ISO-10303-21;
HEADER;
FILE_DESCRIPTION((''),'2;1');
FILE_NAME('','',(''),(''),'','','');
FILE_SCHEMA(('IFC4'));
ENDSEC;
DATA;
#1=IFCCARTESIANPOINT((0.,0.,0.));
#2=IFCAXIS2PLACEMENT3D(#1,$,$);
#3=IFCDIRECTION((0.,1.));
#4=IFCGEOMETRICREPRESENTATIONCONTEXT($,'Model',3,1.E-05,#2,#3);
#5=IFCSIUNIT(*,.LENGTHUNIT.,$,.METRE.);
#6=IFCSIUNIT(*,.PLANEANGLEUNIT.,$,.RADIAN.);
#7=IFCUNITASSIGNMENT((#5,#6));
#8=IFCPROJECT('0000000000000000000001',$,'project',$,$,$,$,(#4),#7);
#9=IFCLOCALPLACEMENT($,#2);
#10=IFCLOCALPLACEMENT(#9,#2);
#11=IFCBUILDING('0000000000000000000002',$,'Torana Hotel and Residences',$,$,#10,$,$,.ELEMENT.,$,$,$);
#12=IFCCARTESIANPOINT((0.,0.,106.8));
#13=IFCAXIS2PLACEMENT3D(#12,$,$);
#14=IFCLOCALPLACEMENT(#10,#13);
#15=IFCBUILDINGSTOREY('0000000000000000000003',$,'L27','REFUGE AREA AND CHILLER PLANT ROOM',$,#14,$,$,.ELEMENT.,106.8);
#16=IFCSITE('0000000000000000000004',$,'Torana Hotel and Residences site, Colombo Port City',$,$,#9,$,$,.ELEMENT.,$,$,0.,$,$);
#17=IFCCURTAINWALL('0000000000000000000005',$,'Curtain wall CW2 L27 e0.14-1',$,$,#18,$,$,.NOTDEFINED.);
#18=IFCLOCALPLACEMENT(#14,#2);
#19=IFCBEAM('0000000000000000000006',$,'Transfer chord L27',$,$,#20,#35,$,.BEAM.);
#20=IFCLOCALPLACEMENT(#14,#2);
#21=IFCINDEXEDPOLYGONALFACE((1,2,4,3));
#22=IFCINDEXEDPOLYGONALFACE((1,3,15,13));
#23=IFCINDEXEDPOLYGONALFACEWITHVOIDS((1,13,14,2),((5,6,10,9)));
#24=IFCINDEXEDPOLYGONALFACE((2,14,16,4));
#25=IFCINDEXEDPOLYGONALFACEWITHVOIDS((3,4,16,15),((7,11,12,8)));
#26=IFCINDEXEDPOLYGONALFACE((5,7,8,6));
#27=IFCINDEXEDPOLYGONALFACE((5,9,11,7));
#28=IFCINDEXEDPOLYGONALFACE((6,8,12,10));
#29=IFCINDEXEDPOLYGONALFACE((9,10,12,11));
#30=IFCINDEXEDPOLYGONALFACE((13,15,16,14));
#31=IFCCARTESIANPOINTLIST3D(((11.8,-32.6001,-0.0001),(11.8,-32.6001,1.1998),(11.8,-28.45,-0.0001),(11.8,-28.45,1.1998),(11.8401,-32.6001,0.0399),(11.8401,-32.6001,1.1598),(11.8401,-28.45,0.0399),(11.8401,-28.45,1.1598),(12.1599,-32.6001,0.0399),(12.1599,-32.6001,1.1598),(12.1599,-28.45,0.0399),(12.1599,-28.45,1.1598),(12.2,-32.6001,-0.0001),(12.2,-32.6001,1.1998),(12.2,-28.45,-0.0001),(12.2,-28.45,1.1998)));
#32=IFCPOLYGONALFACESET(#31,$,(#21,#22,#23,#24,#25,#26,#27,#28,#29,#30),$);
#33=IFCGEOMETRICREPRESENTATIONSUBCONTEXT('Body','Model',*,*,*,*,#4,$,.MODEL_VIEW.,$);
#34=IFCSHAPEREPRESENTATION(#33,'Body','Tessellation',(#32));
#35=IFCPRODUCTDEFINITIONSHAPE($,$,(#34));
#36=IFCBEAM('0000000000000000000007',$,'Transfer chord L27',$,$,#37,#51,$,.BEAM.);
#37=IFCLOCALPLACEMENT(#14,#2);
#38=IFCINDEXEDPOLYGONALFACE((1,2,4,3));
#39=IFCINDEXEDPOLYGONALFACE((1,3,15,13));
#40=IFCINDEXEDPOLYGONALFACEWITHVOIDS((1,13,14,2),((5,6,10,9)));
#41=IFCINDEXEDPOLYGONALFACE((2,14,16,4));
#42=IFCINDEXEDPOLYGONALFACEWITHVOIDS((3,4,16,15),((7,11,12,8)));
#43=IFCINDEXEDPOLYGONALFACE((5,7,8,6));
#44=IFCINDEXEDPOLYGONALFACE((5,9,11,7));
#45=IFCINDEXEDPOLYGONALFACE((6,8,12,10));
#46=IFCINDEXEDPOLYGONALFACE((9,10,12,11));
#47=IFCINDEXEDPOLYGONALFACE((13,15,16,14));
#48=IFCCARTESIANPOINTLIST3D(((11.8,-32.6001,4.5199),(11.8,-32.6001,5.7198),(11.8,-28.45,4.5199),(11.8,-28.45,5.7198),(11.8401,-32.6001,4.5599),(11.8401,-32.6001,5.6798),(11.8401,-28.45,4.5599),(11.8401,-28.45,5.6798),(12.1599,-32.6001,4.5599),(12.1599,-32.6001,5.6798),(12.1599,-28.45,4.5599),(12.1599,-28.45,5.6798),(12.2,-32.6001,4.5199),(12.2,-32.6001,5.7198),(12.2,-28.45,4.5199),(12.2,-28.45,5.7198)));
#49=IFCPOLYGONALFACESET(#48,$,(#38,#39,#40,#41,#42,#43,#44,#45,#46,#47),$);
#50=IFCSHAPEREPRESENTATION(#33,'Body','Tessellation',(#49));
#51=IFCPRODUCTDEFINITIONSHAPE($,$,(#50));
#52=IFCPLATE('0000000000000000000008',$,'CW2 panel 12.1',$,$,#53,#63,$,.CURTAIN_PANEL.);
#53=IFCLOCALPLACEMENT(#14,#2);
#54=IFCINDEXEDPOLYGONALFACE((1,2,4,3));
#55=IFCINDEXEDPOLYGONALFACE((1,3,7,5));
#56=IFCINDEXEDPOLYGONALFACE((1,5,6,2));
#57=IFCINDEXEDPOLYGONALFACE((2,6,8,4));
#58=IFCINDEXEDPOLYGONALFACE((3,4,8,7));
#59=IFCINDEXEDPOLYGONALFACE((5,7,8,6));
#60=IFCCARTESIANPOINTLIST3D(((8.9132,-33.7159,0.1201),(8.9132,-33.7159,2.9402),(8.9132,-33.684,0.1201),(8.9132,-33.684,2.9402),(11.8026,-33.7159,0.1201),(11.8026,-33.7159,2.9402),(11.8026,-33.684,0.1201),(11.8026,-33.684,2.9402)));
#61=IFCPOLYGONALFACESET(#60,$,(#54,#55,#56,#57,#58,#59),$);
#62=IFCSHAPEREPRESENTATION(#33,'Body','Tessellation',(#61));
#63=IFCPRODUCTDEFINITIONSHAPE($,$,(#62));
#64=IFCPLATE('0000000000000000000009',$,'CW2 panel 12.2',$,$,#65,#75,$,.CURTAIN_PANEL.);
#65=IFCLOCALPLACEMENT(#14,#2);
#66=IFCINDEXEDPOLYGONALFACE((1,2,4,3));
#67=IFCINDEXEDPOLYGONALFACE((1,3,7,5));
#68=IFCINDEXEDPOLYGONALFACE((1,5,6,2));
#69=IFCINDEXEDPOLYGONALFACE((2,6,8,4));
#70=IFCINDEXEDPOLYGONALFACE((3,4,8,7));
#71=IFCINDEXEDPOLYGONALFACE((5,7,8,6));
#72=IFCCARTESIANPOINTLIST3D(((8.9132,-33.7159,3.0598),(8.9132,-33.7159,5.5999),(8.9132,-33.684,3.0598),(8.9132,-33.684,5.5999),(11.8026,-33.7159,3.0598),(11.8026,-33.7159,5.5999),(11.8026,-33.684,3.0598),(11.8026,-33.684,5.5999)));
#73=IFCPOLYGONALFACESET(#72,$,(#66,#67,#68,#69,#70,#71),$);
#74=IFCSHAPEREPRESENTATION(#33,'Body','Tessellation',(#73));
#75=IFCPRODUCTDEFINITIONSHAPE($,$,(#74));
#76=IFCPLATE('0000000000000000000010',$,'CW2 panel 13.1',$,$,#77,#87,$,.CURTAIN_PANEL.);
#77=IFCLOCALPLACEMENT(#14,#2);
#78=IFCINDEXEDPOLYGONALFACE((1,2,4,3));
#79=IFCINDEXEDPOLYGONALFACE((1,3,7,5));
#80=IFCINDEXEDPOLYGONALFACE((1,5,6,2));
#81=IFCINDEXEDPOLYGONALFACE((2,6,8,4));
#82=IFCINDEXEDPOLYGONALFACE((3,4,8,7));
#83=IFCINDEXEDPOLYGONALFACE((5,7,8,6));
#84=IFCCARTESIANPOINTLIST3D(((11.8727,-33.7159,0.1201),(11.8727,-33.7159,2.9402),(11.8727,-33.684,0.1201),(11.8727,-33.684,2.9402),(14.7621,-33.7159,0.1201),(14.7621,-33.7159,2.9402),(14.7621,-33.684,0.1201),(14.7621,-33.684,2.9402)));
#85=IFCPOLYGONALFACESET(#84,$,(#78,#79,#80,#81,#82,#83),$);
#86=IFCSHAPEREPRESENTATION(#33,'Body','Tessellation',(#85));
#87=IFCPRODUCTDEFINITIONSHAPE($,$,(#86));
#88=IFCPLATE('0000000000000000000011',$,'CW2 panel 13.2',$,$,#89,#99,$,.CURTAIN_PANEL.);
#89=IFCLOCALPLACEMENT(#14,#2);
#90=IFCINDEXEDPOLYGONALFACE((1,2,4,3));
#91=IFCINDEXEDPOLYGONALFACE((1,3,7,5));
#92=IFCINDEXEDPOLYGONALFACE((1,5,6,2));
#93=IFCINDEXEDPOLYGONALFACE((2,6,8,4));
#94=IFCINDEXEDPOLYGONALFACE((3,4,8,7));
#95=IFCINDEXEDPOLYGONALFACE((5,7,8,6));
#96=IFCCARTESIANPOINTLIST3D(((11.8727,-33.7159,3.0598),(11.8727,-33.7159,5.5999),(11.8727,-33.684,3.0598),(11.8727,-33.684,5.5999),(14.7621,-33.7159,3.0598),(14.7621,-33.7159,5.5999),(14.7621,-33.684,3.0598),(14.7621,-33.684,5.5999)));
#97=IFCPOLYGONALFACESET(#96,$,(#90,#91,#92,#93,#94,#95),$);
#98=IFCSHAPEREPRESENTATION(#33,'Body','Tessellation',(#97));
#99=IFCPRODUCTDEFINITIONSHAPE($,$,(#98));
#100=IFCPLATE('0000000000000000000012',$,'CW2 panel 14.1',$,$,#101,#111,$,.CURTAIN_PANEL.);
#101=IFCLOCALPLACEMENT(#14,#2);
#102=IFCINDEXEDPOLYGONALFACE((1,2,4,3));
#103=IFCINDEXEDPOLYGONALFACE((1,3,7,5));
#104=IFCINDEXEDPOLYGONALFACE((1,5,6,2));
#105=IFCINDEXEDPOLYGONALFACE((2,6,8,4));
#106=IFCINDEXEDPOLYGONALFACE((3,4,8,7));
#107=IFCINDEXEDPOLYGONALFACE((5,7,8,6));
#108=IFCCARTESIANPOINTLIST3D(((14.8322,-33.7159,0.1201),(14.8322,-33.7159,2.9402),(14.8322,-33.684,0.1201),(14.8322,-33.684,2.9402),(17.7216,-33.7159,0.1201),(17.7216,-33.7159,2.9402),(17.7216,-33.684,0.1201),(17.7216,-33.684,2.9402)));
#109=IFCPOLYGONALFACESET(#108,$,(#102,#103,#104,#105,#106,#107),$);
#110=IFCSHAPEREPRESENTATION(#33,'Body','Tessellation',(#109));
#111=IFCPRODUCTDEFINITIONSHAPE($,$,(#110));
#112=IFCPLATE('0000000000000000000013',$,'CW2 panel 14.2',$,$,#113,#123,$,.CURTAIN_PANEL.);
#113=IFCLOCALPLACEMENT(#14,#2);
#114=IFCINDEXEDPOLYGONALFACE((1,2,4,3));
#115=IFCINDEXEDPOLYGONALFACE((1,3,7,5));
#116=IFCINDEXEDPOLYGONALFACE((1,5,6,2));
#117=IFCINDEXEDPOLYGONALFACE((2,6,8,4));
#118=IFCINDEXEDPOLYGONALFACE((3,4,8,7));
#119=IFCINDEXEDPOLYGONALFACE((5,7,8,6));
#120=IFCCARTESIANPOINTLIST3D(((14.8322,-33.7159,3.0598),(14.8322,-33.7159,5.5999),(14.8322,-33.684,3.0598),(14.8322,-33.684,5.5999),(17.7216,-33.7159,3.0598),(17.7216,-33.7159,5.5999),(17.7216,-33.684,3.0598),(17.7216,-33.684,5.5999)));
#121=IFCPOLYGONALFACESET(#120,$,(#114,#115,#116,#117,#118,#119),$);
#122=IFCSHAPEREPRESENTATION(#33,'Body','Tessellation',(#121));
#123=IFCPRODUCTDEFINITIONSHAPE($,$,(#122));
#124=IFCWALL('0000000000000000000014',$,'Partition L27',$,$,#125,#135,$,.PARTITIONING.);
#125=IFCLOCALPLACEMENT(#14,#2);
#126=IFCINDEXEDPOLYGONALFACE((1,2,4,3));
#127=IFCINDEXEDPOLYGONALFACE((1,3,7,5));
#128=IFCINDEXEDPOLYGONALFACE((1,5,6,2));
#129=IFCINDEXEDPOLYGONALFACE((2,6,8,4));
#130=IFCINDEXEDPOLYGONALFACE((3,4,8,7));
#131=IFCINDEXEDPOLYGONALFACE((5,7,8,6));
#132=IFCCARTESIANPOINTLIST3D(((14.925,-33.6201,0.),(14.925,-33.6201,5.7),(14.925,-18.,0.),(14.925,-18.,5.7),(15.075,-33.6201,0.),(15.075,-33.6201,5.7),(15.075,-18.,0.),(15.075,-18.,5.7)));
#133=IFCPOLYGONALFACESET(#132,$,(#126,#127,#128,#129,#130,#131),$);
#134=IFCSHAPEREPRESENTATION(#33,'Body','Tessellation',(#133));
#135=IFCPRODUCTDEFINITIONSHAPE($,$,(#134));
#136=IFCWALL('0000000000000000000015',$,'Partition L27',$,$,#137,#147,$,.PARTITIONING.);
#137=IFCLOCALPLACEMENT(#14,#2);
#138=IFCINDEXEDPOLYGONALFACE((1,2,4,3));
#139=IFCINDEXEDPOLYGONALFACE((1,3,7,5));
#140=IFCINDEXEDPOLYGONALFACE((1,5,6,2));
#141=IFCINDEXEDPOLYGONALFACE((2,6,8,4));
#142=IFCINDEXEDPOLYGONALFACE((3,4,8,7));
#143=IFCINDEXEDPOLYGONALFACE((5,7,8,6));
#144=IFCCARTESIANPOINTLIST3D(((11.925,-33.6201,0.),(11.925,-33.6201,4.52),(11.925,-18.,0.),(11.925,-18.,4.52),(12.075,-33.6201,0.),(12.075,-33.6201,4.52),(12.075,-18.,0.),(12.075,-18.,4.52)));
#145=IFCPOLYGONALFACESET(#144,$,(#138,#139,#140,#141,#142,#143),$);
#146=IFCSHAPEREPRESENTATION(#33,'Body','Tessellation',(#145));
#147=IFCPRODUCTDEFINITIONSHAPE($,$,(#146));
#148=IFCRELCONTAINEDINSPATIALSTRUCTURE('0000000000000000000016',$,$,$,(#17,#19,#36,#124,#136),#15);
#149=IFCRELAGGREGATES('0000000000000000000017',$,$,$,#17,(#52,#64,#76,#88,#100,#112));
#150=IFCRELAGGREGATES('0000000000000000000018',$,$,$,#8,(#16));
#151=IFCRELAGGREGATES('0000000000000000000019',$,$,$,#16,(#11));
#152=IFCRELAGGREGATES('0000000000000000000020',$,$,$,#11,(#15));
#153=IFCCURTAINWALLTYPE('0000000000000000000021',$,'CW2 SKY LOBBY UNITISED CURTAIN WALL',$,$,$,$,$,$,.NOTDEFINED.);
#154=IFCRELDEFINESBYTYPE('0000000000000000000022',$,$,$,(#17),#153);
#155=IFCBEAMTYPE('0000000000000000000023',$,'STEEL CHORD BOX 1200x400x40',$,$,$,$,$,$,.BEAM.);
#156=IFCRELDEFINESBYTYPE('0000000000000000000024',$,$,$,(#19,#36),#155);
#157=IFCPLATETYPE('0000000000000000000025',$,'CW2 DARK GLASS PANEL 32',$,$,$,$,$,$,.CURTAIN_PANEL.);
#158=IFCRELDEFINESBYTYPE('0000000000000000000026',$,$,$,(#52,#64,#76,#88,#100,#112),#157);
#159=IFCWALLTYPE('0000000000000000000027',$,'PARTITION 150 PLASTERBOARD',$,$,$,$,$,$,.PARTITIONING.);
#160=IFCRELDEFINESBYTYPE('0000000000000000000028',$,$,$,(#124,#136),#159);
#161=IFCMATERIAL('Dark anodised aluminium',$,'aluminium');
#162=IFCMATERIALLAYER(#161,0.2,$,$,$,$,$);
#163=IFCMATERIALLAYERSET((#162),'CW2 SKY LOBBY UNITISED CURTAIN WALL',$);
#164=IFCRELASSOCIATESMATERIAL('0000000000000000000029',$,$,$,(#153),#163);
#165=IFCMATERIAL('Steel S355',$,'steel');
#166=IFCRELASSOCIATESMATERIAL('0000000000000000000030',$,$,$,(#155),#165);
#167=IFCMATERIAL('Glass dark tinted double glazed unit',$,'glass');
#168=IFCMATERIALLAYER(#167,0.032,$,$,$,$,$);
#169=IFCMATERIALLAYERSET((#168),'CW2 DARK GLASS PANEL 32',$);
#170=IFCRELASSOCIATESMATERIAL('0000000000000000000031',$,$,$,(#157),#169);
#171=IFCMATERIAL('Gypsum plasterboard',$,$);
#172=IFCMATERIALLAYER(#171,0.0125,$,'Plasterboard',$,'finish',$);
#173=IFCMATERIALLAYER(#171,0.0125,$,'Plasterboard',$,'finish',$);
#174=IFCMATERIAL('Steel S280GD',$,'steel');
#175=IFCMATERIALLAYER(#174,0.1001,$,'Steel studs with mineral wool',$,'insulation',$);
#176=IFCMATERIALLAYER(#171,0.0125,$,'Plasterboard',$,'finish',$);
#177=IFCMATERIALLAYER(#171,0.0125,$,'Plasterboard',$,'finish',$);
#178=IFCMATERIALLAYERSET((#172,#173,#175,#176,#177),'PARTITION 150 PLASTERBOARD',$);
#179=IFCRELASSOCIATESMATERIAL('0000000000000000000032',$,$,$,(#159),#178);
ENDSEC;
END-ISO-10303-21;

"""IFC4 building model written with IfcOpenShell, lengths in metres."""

from ifc_helpers import new_model, si_unit, direction, frame, frame_2d, origin, origin_2d, place, context, subcontext, project, spatial, rectangle, hollow_rectangle, extrude, material, layer, layer_set, material_profile, profile_set, type_object, element, aggregate, save


model = new_model("IFC4")

# Units and contexts
model_context = context("Model", 3, precision=1e-05, world=origin(), true_north=direction((0.0, 1.0)))
body_context = subcontext(model_context, "Body", "Model", "MODEL_VIEW")
ifc_project = project(units=[si_unit("LENGTHUNIT", "METRE"), si_unit("PLANEANGLEUNIT", "RADIAN")], contexts=[model_context])

# Site, building, storey
site_placement = place(None, origin())
site = spatial("IfcSite", under=ifc_project, at=site_placement, Name="Torana Hotel and Residences site, Colombo Port City", CompositionType="ELEMENT", RefElevation=0.0)
building_placement = place(site_placement, origin())
building = spatial("IfcBuilding", under=site, at=building_placement, Name="Torana Hotel and Residences", CompositionType="ELEMENT")
storey_placement = place(building_placement, frame((0.0, 0.0, 106.8)))
storey = spatial("IfcBuildingStorey", under=building, at=storey_placement, Name="L27", Description="REFUGE AREA AND CHILLER PLANT ROOM", CompositionType="ELEMENT", Elevation=106.8)

# Curtain wall
ifc_material_1 = material(Name="Dark anodised aluminium", Category="aluminium")
ifc_layer_1 = layer(ifc_material_1, 0.2)
ifc_layer_set_1 = layer_set([ifc_layer_1], Name="CW2 SKY LOBBY UNITISED CURTAIN WALL")
curtain_wall_type = type_object("IfcCurtainWallType", Name="CW2 SKY LOBBY UNITISED CURTAIN WALL", PredefinedType="NOTDEFINED", material=ifc_layer_set_1)
curtain_wall_placement = place(storey_placement, origin())
curtain_wall = element("IfcCurtainWall", 1, at=curtain_wall_placement, inside=storey, type_object=curtain_wall_type, Name="Curtain wall CW2 L27 e0.14-1", PredefinedType="NOTDEFINED")

# Beams
ifc_material_2 = material(Name="Steel S355", Category="steel")
ifc_material_profile_1 = material_profile(ifc_material_2, hollow_rectangle(XDim=0.3999, YDim=1.2, WallThickness=0.04, at=origin_2d()), Name="BOX 1200x400x40")
ifc_profile_set_1 = profile_set([ifc_material_profile_1], Name="Steel S355")
beam_type = type_object("IfcBeamType", Name="STEEL CHORD BOX 1200x400x40", PredefinedType="BEAM", material=ifc_profile_set_1)
for number, where, z_axis, x_axis, name in (
    (2, (12.0, -32.6001, 0.5999), (0.0, 1.0, 0.0), (-1.0, 0.0, 0.0), "Transfer chord L27"),
    (3, (12.0, -32.6001, 5.1199), (0.0, 1.0, 0.0), (-1.0, 0.0, 0.0), "Transfer chord L27"),
):
    element("IfcBeam", number, at=place(storey_placement, frame(where, z_axis=z_axis, x_axis=x_axis)), inside=storey, type_object=beam_type, Name=name, PredefinedType="BEAM", context=body_context, shape_type="SweptSolid", body=[
        extrude(hollow_rectangle(XDim=0.3999, YDim=1.2, WallThickness=0.04, at=origin_2d()), origin(), (0.0, 0.0, 1.0), 4.1501),
    ])

# Plates
ifc_material_3 = material(Name="Glass dark tinted double glazed unit", Category="glass")
ifc_layer_2 = layer(ifc_material_3, 0.032)
ifc_layer_set_2 = layer_set([ifc_layer_2], Name="CW2 DARK GLASS PANEL 32")
plate_type = type_object("IfcPlateType", Name="CW2 DARK GLASS PANEL 32", PredefinedType="CURTAIN_PANEL", material=ifc_layer_set_2)
plate_1_placement = place(storey_placement, frame((10.3579, -33.7, 0.1201), z_axis=(0.0, 0.0, 1.0), x_axis=(1.0, 0.0, 0.0)))
plate_1 = element("IfcPlate", 4, at=plate_1_placement, type_object=plate_type, Name="CW2 panel 12.1", PredefinedType="CURTAIN_PANEL", context=body_context, shape_type="SweptSolid", body=[
    extrude(rectangle(XDim=2.8894, YDim=0.032, at=origin_2d()), origin(), (0.0, 0.0, 1.0), 2.8201),
])
plate_2_placement = place(storey_placement, frame((10.3579, -33.7, 3.0598), z_axis=(0.0, 0.0, 1.0), x_axis=(1.0, 0.0, 0.0)))
plate_2 = element("IfcPlate", 5, at=plate_2_placement, type_object=plate_type, Name="CW2 panel 12.2", PredefinedType="CURTAIN_PANEL", context=body_context, shape_type="SweptSolid", body=[
    extrude(rectangle(XDim=2.8894, YDim=0.032, at=origin_2d()), origin(), (0.0, 0.0, 1.0), 2.54),
])
plate_3_placement = place(storey_placement, frame((13.3174, -33.7, 0.1201), z_axis=(0.0, 0.0, 1.0), x_axis=(1.0, 0.0, 0.0)))
plate_3 = element("IfcPlate", 6, at=plate_3_placement, type_object=plate_type, Name="CW2 panel 13.1", PredefinedType="CURTAIN_PANEL", context=body_context, shape_type="SweptSolid", body=[
    extrude(rectangle(XDim=2.8894, YDim=0.032, at=origin_2d()), origin(), (0.0, 0.0, 1.0), 2.8201),
])
plate_4_placement = place(storey_placement, frame((13.3174, -33.7, 3.0598), z_axis=(0.0, 0.0, 1.0), x_axis=(1.0, 0.0, 0.0)))
plate_4 = element("IfcPlate", 7, at=plate_4_placement, type_object=plate_type, Name="CW2 panel 13.2", PredefinedType="CURTAIN_PANEL", context=body_context, shape_type="SweptSolid", body=[
    extrude(rectangle(XDim=2.8894, YDim=0.032, at=origin_2d()), origin(), (0.0, 0.0, 1.0), 2.54),
])
plate_5_placement = place(storey_placement, frame((16.2769, -33.7, 0.1201), z_axis=(0.0, 0.0, 1.0), x_axis=(1.0, 0.0, 0.0)))
plate_5 = element("IfcPlate", 8, at=plate_5_placement, type_object=plate_type, Name="CW2 panel 14.1", PredefinedType="CURTAIN_PANEL", context=body_context, shape_type="SweptSolid", body=[
    extrude(rectangle(XDim=2.8894, YDim=0.032, at=origin_2d()), origin(), (0.0, 0.0, 1.0), 2.8201),
])
plate_6_placement = place(storey_placement, frame((16.2769, -33.7, 3.0598), z_axis=(0.0, 0.0, 1.0), x_axis=(1.0, 0.0, 0.0)))
plate_6 = element("IfcPlate", 9, at=plate_6_placement, type_object=plate_type, Name="CW2 panel 14.2", PredefinedType="CURTAIN_PANEL", context=body_context, shape_type="SweptSolid", body=[
    extrude(rectangle(XDim=2.8894, YDim=0.032, at=origin_2d()), origin(), (0.0, 0.0, 1.0), 2.54),
])
aggregate(curtain_wall, [plate_1, plate_2, plate_3, plate_4, plate_5, plate_6])

# Walls
ifc_material_4 = material(Name="Gypsum plasterboard")
ifc_layer_3 = layer(ifc_material_4, 0.0125, Name="Plasterboard", Category="finish")
ifc_layer_4 = layer(ifc_material_4, 0.0125, Name="Plasterboard", Category="finish")
ifc_material_5 = material(Name="Steel S280GD", Category="steel")
ifc_layer_5 = layer(ifc_material_5, 0.1001, Name="Steel studs with mineral wool", Category="insulation")
ifc_layer_6 = layer(ifc_material_4, 0.0125, Name="Plasterboard", Category="finish")
ifc_layer_7 = layer(ifc_material_4, 0.0125, Name="Plasterboard", Category="finish")
ifc_layer_set_3 = layer_set([ifc_layer_3, ifc_layer_4, ifc_layer_5, ifc_layer_6, ifc_layer_7], Name="PARTITION 150 PLASTERBOARD")
wall_type = type_object("IfcWallType", Name="PARTITION 150 PLASTERBOARD", PredefinedType="PARTITIONING", material=ifc_layer_set_3)
wall_1_placement = place(storey_placement, frame((15.0, -33.6201, 0.0), z_axis=(0.0, 0.0, 1.0), x_axis=(0.0, 1.0, 0.0)))
element("IfcWall", 10, at=wall_1_placement, inside=storey, type_object=wall_type, Name="Partition L27", PredefinedType="PARTITIONING", context=body_context, shape_type="SweptSolid", body=[
    extrude(rectangle(XDim=15.6201, YDim=0.1499, at=frame_2d((7.8101, 0.0))), origin(), (0.0, 0.0, 1.0), 5.7),
])
wall_2_placement = place(storey_placement, frame((12.0, -33.6201, 0.0), z_axis=(0.0, 0.0, 1.0), x_axis=(0.0, 1.0, 0.0)))
element("IfcWall", 11, at=wall_2_placement, inside=storey, type_object=wall_type, Name="Partition L27", PredefinedType="PARTITIONING", context=body_context, shape_type="SweptSolid", body=[
    extrude(rectangle(XDim=15.6201, YDim=0.1499, at=frame_2d((7.8101, 0.0))), origin(), (0.0, 0.0, 1.0), 4.52),
])

save(model, "model.ifc")
